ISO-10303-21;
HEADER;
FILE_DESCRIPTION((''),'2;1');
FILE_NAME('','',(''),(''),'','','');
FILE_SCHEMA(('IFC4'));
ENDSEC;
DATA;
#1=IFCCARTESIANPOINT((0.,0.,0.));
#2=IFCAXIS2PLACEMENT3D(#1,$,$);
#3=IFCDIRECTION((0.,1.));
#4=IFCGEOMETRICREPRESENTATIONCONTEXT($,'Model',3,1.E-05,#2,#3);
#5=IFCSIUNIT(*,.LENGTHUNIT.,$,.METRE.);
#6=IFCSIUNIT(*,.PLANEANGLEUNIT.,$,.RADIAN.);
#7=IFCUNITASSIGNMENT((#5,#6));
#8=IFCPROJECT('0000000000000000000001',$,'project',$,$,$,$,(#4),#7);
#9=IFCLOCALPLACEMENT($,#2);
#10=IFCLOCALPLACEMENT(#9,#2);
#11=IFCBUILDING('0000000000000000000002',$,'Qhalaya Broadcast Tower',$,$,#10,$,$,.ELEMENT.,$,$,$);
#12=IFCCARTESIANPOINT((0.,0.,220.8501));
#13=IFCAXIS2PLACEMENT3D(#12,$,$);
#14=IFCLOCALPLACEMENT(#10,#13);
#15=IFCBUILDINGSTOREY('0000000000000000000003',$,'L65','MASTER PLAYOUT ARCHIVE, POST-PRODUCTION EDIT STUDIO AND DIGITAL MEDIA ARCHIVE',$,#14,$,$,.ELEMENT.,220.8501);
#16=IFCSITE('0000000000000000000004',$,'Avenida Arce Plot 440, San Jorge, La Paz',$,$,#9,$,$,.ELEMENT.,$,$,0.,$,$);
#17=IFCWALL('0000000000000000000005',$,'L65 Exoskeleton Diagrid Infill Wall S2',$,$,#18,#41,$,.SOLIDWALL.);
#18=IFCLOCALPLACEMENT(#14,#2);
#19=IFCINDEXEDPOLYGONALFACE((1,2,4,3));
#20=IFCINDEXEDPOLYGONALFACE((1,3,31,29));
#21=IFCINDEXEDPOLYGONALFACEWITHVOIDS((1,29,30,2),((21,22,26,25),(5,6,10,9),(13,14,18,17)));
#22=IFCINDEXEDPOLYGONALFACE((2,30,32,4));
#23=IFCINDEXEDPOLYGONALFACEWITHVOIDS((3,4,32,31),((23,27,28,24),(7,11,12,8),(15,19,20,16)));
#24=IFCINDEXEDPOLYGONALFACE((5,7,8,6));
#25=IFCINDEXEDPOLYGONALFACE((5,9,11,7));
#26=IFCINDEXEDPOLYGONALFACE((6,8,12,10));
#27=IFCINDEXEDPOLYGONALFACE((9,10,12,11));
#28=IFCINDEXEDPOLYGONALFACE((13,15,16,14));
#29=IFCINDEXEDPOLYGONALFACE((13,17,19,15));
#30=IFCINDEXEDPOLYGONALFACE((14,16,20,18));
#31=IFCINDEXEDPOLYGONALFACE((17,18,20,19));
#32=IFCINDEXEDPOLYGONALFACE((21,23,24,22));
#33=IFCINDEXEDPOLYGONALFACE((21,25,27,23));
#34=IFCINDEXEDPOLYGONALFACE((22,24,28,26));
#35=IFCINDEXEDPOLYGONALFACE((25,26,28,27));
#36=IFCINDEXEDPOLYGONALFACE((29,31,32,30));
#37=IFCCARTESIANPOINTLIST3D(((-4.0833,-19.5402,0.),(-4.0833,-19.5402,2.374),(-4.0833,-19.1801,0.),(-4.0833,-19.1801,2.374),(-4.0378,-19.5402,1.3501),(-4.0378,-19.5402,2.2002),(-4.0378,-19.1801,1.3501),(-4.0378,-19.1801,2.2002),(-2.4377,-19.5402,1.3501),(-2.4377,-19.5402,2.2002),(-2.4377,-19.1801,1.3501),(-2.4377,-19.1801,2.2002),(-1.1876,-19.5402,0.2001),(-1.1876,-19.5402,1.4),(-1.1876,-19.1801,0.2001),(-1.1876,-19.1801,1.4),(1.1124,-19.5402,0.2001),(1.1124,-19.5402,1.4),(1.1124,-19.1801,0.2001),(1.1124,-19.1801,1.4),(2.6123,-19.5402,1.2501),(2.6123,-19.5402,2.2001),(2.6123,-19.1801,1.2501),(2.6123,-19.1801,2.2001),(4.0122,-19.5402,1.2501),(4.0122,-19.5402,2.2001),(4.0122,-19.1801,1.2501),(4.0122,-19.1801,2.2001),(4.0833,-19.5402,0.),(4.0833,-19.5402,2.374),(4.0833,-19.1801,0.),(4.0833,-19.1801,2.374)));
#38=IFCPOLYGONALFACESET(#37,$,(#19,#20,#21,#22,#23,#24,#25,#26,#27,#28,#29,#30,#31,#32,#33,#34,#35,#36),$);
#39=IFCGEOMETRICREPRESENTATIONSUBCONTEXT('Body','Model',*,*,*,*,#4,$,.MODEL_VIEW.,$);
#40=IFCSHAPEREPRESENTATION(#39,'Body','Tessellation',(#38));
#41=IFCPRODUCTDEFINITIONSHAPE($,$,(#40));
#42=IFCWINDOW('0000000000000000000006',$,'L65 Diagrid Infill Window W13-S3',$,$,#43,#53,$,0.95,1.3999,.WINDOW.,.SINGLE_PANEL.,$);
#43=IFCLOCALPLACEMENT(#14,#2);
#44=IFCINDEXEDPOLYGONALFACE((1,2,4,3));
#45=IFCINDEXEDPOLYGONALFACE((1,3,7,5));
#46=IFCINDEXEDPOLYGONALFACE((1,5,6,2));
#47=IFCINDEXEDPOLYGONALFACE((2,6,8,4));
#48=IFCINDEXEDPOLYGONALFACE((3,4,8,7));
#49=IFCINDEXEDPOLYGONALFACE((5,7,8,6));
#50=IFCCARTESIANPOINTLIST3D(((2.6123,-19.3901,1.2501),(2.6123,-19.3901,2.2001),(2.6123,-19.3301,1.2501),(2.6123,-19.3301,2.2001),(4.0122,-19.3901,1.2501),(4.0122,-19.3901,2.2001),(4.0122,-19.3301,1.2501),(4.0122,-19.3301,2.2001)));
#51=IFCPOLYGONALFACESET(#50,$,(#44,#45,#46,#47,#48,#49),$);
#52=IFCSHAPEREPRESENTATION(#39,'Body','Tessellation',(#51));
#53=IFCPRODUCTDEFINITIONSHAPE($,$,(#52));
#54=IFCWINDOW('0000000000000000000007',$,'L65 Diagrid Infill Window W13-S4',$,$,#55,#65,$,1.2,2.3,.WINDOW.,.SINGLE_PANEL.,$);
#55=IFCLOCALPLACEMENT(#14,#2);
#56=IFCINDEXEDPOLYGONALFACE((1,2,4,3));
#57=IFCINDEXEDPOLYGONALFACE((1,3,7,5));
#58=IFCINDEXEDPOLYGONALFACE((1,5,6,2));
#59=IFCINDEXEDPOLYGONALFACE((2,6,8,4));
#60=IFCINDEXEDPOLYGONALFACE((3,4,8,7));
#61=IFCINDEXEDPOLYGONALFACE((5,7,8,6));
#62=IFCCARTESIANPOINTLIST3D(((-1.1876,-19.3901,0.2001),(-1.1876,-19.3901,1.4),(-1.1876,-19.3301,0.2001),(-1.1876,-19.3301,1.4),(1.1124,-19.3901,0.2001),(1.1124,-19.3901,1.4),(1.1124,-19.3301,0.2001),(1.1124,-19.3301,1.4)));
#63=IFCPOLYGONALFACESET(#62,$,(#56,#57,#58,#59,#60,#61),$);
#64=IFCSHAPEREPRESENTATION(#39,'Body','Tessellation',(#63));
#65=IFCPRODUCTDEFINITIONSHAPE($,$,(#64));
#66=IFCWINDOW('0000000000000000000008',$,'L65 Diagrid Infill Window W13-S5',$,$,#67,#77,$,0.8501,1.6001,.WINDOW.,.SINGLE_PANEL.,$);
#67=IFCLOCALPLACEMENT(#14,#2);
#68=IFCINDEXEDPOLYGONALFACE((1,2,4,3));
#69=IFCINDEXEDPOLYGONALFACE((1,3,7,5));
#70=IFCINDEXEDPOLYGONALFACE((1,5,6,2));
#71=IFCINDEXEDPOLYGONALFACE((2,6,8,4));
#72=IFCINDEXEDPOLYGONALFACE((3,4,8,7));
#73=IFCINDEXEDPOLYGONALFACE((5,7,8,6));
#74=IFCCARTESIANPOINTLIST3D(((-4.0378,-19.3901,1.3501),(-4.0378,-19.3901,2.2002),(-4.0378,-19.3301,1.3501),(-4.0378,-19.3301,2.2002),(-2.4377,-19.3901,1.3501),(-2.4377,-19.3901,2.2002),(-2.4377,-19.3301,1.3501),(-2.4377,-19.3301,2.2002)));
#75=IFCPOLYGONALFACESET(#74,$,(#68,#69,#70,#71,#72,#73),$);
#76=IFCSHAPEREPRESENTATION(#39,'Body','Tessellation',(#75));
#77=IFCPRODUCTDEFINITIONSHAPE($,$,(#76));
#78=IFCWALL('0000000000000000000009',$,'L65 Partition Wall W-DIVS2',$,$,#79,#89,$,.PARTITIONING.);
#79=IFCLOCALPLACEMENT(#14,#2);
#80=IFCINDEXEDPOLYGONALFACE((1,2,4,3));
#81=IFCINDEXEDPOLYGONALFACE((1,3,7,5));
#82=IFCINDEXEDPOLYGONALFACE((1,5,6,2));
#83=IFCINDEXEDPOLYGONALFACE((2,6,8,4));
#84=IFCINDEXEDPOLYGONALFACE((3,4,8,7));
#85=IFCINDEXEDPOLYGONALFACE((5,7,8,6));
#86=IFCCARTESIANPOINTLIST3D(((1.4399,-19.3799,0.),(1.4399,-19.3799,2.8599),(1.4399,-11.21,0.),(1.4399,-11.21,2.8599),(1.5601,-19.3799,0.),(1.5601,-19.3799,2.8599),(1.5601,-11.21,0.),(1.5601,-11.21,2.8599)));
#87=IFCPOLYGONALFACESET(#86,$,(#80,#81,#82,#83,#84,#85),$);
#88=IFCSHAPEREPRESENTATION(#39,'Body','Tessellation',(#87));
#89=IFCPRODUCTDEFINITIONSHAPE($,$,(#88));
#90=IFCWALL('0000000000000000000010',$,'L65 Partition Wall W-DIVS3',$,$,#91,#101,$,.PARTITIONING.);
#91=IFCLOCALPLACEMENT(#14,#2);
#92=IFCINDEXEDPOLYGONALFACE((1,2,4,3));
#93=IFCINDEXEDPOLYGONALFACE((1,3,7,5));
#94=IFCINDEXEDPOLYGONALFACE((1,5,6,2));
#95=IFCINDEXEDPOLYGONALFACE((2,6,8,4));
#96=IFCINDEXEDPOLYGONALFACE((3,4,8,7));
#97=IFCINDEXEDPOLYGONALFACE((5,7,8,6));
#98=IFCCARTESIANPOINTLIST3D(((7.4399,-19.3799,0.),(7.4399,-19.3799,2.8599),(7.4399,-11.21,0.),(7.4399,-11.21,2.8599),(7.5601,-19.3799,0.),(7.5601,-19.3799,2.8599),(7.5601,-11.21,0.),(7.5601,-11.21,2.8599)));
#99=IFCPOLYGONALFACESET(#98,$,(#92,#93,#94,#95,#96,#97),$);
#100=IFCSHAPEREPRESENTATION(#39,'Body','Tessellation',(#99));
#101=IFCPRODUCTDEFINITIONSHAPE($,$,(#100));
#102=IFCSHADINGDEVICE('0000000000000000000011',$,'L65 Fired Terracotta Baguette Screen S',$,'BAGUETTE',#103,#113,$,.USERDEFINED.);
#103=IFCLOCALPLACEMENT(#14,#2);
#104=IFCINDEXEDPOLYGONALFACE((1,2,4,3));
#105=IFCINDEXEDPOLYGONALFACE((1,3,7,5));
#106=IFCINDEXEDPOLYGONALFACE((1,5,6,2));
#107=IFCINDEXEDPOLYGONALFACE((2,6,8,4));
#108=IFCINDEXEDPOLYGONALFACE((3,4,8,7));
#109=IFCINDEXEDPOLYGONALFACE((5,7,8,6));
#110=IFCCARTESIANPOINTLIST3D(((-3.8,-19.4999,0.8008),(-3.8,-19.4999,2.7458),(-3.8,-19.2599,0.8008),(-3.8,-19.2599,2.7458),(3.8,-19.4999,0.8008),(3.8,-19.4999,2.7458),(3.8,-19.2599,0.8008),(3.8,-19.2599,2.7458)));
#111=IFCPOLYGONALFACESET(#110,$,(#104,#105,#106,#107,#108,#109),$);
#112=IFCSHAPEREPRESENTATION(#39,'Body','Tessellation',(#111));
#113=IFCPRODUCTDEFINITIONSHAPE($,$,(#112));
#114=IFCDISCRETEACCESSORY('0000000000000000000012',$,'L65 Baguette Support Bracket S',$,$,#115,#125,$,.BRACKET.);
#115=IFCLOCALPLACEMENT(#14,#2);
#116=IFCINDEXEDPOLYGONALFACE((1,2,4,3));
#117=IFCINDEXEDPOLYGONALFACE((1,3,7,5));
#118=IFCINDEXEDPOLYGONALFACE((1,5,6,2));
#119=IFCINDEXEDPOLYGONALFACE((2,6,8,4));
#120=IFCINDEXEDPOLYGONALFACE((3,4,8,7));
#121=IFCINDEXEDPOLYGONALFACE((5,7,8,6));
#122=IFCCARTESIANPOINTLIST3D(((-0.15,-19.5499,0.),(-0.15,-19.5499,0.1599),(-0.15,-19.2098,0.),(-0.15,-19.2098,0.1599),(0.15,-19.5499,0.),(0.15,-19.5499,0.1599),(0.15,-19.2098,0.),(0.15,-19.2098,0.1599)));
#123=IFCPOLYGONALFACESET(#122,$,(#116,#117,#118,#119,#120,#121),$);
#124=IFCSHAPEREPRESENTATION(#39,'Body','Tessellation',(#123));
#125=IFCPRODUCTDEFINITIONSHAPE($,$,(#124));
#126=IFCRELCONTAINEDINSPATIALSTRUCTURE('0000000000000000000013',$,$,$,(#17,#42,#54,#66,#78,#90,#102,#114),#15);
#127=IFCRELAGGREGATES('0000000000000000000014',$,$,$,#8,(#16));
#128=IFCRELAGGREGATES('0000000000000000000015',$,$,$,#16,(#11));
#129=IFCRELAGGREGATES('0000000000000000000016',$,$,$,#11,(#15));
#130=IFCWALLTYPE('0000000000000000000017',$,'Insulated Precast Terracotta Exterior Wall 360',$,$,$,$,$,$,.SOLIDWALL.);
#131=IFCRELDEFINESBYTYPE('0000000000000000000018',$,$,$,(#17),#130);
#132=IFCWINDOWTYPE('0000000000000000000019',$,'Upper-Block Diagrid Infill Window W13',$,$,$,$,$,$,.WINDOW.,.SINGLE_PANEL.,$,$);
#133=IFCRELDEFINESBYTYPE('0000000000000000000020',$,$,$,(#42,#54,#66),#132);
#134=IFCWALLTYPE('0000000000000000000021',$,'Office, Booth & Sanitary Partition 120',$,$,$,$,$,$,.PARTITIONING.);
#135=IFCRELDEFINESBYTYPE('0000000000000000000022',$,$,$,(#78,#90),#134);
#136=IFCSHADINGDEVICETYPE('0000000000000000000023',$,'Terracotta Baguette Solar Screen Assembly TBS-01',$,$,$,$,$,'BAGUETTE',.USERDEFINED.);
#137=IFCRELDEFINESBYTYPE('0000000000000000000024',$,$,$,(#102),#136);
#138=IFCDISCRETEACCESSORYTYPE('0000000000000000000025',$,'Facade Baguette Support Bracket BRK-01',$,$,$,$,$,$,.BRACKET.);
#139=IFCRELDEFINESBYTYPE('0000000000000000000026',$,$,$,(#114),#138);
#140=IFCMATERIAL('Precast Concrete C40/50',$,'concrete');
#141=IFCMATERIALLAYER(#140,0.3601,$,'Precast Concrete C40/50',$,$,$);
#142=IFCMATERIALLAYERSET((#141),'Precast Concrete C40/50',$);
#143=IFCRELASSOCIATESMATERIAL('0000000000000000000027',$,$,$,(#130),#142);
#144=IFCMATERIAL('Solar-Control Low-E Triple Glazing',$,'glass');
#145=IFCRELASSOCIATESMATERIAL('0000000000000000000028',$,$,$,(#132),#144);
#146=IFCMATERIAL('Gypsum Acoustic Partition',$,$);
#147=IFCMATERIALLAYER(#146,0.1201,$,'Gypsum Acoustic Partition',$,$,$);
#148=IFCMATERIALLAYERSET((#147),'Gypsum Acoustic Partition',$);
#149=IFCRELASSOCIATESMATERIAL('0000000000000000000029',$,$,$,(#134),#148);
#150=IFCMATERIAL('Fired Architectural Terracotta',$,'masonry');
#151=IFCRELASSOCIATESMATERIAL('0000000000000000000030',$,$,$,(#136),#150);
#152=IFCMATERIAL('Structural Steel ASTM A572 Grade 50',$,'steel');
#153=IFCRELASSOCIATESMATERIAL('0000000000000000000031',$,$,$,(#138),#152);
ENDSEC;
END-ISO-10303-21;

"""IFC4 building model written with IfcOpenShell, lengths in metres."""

from ifc_helpers import new_model, si_unit, direction, frame, frame_2d, origin, origin_2d, place, context, subcontext, project, spatial, rectangle, extrude, material, layer, layer_set, type_object, element, fill, save


model = new_model("IFC4")

# Units and contexts
model_context = context("Model", 3, precision=1e-05, world=origin(), true_north=direction((0.0, 1.0)))
body_context = subcontext(model_context, "Body", "Model", "MODEL_VIEW")
ifc_project = project(units=[si_unit("LENGTHUNIT", "METRE"), si_unit("PLANEANGLEUNIT", "RADIAN")], contexts=[model_context])

# Site, building, storey
site_placement = place(None, origin())
site = spatial("IfcSite", under=ifc_project, at=site_placement, Name="Avenida Arce Plot 440, San Jorge, La Paz", CompositionType="ELEMENT", RefElevation=0.0)
building_placement = place(site_placement, origin())
building = spatial("IfcBuilding", under=site, at=building_placement, Name="Qhalaya Broadcast Tower", CompositionType="ELEMENT")
storey_placement = place(building_placement, frame((0.0, 0.0, 220.8501)))
storey = spatial("IfcBuildingStorey", under=building, at=storey_placement, Name="L65", Description="MASTER PLAYOUT ARCHIVE, POST-PRODUCTION EDIT STUDIO AND DIGITAL MEDIA ARCHIVE", CompositionType="ELEMENT", Elevation=220.8501)

# Shared definitions
ifc_material_1 = material(Name="Structural Steel ASTM A572 Grade 50", Category="steel")

# Wall, openings, windows
ifc_material_2 = material(Name="Precast Concrete C40/50", Category="concrete")
ifc_layer_1 = layer(ifc_material_2, 0.3601, Name="Precast Concrete C40/50")
ifc_layer_set_1 = layer_set([ifc_layer_1], Name="Precast Concrete C40/50")
wall_type_1 = type_object("IfcWallType", Name="Insulated Precast Terracotta Exterior Wall 360", PredefinedType="SOLIDWALL", material=ifc_layer_set_1)
wall_placement = place(storey_placement, frame((4.0833, -19.3601, 0.0), z_axis=(0.0, 0.0, 1.0), x_axis=(-1.0, 0.0, 0.0)))
wall = element("IfcWall", 1, at=wall_placement, inside=storey, type_object=wall_type_1, Name="L65 Exoskeleton Diagrid Infill Wall S2", PredefinedType="SOLIDWALL", context=body_context, shape_type="SweptSolid", body=[
    extrude(rectangle(XDim=8.1665, YDim=0.3601, at=frame_2d((4.0833, 0.0))), origin(), (0.0, 0.0, 1.0), 2.374),
])
opening_1_placement = place(wall_placement, frame((0.071, 0.0, 1.25)))
opening_1 = element("IfcOpeningElement", 2, at=opening_1_placement, cuts=wall, PredefinedType="OPENING", context=body_context, shape_type="SweptSolid", body=[
    extrude(rectangle(XDim=1.3999, YDim=0.95, at=frame_2d((0.7, 0.4751))), frame((0.0, 0.1921, 0.0), z_axis=(0.0, -1.0, 0.0), x_axis=(1.0, 0.0, 0.0)), (0.0, 0.0, 1.0), 0.384),
])
opening_2_placement = place(wall_placement, frame((2.9709, 0.0, 0.2)))
opening_2 = element("IfcOpeningElement", 3, at=opening_2_placement, cuts=wall, PredefinedType="OPENING", context=body_context, shape_type="SweptSolid", body=[
    extrude(rectangle(XDim=2.3, YDim=1.2, at=frame_2d((1.1499, 0.6001))), frame((0.0, 0.1921, 0.0), z_axis=(0.0, -1.0, 0.0), x_axis=(1.0, 0.0, 0.0)), (0.0, 0.0, 1.0), 0.384),
])
opening_3_placement = place(wall_placement, frame((6.521, 0.0, 1.3501)))
opening_3 = element("IfcOpeningElement", 4, at=opening_3_placement, cuts=wall, PredefinedType="OPENING", context=body_context, shape_type="SweptSolid", body=[
    extrude(rectangle(XDim=1.6001, YDim=0.8501, at=frame_2d((0.8, 0.425))), frame((0.0, 0.1921, 0.0), z_axis=(0.0, -1.0, 0.0), x_axis=(1.0, 0.0, 0.0)), (0.0, 0.0, 1.0), 0.384),
])
ifc_material_3 = material(Name="Solar-Control Low-E Triple Glazing", Category="glass")
window_type = type_object("IfcWindowType", Name="Upper-Block Diagrid Infill Window W13", PartitioningType="SINGLE_PANEL", PredefinedType="WINDOW", material=ifc_material_3)
window_1_placement = place(opening_1_placement, origin())
window_1 = element("IfcWindow", 5, at=window_1_placement, inside=storey, type_object=window_type, Name="L65 Diagrid Infill Window W13-S3", OverallHeight=0.95, OverallWidth=1.3999, PartitioningType="SINGLE_PANEL", PredefinedType="WINDOW", context=body_context, shape_type="SweptSolid", body=[
    extrude(rectangle(XDim=1.3999, YDim=0.95, at=frame_2d((0.7, 0.4751))), frame((0.0, 0.03, 0.0), z_axis=(0.0, -1.0, 0.0), x_axis=(1.0, 0.0, 0.0)), (0.0, 0.0, 1.0), 0.0601),
])
fill(opening_1, window_1)
window_2_placement = place(opening_2_placement, origin())
window_2 = element("IfcWindow", 6, at=window_2_placement, inside=storey, type_object=window_type, Name="L65 Diagrid Infill Window W13-S4", OverallHeight=1.2, OverallWidth=2.3, PartitioningType="SINGLE_PANEL", PredefinedType="WINDOW", context=body_context, shape_type="SweptSolid", body=[
    extrude(rectangle(XDim=2.3, YDim=1.2, at=frame_2d((1.1499, 0.6001))), frame((0.0, 0.03, 0.0), z_axis=(0.0, -1.0, 0.0), x_axis=(1.0, 0.0, 0.0)), (0.0, 0.0, 1.0), 0.0601),
])
fill(opening_2, window_2)
window_3_placement = place(opening_3_placement, origin())
window_3 = element("IfcWindow", 7, at=window_3_placement, inside=storey, type_object=window_type, Name="L65 Diagrid Infill Window W13-S5", OverallHeight=0.8501, OverallWidth=1.6001, PartitioningType="SINGLE_PANEL", PredefinedType="WINDOW", context=body_context, shape_type="SweptSolid", body=[
    extrude(rectangle(XDim=1.6001, YDim=0.8501, at=frame_2d((0.8, 0.425))), frame((0.0, 0.03, 0.0), z_axis=(0.0, -1.0, 0.0), x_axis=(1.0, 0.0, 0.0)), (0.0, 0.0, 1.0), 0.0601),
])
fill(opening_3, window_3)

# Walls
ifc_material_4 = material(Name="Gypsum Acoustic Partition")
ifc_layer_2 = layer(ifc_material_4, 0.1201, Name="Gypsum Acoustic Partition")
ifc_layer_set_2 = layer_set([ifc_layer_2], Name="Gypsum Acoustic Partition")
wall_type_2 = type_object("IfcWallType", Name="Office, Booth & Sanitary Partition 120", PredefinedType="PARTITIONING", material=ifc_layer_set_2)
for number, where, z_axis, x_axis, name in (
    (8, (1.5, -19.3799, 0.0), (0.0, 0.0, 1.0), (0.0, 1.0, 0.0), "L65 Partition Wall W-DIVS2"),
    (9, (7.5, -19.3799, 0.0), (0.0, 0.0, 1.0), (0.0, 1.0, 0.0), "L65 Partition Wall W-DIVS3"),
):
    element("IfcWall", number, at=place(storey_placement, frame(where, z_axis=z_axis, x_axis=x_axis)), inside=storey, type_object=wall_type_2, Name=name, PredefinedType="PARTITIONING", context=body_context, shape_type="SweptSolid", body=[
        extrude(rectangle(XDim=8.1699, YDim=0.1201, at=frame_2d((4.085, 0.0))), origin(), (0.0, 0.0, 1.0), 2.8599),
    ])

# Shading device
ifc_material_5 = material(Name="Fired Architectural Terracotta", Category="masonry")
shading_device_type = type_object("IfcShadingDeviceType", Name="Terracotta Baguette Solar Screen Assembly TBS-01", ElementType="BAGUETTE", PredefinedType="USERDEFINED", material=ifc_material_5)
shading_device_placement = place(storey_placement, frame((0.0, -19.3799, 0.8008), z_axis=(0.0, 0.0, 1.0), x_axis=(1.0, 0.0, 0.0)))
element("IfcShadingDevice", 10, at=shading_device_placement, inside=storey, type_object=shading_device_type, Name="L65 Fired Terracotta Baguette Screen S", ObjectType="BAGUETTE", PredefinedType="USERDEFINED", context=body_context, shape_type="SweptSolid", body=[
    extrude(rectangle(XDim=7.6001, YDim=0.24, at=origin_2d()), origin(), (0.0, 0.0, 1.0), 1.9451),
])

# Discrete accessory
discrete_accessory_type = type_object("IfcDiscreteAccessoryType", Name="Facade Baguette Support Bracket BRK-01", PredefinedType="BRACKET", material=ifc_material_1)
discrete_accessory_placement = place(storey_placement, frame((0.0, -19.3799, 0.0), z_axis=(0.0, 0.0, 1.0), x_axis=(1.0, 0.0, 0.0)))
element("IfcDiscreteAccessory", 11, at=discrete_accessory_placement, inside=storey, type_object=discrete_accessory_type, Name="L65 Baguette Support Bracket S", PredefinedType="BRACKET", context=body_context, shape_type="SweptSolid", body=[
    extrude(rectangle(XDim=0.3, YDim=0.3401, at=origin_2d()), origin(), (0.0, 0.0, 1.0), 0.1599),
])

save(model, "model.ifc")
